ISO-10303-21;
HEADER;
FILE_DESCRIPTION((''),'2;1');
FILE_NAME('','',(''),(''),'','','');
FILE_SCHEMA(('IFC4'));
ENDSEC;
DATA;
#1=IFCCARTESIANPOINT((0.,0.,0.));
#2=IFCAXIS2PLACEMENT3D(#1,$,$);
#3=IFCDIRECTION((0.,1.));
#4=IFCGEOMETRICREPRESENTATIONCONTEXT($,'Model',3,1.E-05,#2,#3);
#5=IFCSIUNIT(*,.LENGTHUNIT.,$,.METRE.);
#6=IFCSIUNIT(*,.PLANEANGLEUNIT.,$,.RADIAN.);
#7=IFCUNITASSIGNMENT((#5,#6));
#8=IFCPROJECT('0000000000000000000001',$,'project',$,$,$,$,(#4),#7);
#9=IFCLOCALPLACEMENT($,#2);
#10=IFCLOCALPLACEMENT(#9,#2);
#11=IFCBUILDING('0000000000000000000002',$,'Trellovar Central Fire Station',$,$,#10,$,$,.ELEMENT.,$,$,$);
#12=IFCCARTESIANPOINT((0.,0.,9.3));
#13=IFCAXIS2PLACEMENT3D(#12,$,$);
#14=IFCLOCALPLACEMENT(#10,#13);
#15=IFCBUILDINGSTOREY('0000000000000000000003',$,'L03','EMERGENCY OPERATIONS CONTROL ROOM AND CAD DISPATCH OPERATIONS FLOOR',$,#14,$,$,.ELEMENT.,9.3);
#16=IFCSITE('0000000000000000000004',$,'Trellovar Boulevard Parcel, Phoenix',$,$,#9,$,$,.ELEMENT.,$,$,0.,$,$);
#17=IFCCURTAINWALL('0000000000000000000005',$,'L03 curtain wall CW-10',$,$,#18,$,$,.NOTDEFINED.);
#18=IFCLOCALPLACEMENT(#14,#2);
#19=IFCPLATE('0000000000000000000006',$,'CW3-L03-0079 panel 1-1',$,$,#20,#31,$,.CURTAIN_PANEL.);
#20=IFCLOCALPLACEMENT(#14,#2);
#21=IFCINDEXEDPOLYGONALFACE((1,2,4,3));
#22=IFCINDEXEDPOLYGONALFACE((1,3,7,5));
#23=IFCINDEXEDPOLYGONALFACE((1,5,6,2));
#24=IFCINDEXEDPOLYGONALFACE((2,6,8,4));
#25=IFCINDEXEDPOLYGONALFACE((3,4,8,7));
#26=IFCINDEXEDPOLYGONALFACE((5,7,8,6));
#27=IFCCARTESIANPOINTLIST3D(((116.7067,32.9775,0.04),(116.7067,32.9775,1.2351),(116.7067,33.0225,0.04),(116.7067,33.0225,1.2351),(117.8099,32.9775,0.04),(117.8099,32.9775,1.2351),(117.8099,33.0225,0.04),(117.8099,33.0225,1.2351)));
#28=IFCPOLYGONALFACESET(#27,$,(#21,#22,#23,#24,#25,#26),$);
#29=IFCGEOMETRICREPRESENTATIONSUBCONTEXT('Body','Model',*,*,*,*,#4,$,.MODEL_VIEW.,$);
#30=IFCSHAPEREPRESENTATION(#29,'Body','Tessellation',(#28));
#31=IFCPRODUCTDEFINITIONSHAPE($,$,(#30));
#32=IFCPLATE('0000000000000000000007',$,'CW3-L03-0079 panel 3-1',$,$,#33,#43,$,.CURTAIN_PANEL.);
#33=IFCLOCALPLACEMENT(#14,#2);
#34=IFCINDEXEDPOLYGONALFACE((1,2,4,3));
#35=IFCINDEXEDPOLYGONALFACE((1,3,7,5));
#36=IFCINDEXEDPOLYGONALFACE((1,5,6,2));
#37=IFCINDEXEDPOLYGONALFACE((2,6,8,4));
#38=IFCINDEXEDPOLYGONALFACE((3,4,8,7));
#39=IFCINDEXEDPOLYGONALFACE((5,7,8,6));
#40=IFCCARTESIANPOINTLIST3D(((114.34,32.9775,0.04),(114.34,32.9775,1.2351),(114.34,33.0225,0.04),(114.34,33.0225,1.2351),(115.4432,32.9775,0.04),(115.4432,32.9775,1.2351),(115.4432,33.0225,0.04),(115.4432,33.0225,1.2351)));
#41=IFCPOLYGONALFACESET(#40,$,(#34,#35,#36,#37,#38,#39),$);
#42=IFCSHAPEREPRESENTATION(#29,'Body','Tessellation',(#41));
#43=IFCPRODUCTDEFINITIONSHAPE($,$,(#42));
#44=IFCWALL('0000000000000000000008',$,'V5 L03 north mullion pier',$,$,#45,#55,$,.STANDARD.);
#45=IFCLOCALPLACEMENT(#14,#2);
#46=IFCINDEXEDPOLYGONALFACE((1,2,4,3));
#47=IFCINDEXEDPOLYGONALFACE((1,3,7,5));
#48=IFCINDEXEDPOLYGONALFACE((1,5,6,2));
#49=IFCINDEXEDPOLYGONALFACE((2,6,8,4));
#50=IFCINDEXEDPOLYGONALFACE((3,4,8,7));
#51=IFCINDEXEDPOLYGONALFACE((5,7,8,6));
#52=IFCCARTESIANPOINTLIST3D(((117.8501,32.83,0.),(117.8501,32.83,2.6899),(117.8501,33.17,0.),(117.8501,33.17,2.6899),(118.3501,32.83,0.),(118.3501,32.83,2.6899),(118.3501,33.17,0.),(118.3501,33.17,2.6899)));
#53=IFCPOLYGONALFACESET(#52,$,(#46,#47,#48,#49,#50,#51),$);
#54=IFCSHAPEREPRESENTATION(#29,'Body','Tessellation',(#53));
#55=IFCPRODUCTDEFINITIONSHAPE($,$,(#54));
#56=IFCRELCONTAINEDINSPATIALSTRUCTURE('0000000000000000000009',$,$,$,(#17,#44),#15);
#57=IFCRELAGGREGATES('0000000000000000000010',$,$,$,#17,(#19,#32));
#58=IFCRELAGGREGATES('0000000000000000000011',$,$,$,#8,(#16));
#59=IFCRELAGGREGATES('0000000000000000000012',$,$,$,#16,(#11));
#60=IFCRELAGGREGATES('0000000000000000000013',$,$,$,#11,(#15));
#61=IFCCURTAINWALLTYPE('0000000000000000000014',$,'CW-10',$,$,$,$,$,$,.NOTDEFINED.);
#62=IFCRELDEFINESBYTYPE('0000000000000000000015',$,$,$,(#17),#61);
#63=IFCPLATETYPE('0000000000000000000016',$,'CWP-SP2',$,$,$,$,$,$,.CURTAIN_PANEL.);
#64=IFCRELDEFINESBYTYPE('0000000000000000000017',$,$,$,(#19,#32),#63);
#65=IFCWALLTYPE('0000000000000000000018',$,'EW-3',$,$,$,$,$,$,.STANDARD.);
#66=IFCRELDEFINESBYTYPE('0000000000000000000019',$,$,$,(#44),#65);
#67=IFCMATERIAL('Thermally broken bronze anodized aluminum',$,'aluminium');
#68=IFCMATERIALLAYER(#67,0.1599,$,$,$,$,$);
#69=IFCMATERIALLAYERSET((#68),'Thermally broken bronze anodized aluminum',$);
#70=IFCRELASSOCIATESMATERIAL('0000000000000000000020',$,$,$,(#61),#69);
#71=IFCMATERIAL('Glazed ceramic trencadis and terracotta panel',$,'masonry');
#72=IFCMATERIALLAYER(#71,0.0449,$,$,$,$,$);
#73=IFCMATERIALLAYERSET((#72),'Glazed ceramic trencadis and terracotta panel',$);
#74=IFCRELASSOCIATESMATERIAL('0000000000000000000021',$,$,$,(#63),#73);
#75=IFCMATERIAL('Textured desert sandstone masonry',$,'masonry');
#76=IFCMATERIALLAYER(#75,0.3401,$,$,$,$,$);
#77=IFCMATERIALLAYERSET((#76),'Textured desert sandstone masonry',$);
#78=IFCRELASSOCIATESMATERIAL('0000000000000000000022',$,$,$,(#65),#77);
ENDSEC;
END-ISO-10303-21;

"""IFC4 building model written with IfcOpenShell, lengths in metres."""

from ifc_helpers import new_model, si_unit, direction, frame, frame_2d, origin, origin_2d, place, context, subcontext, project, spatial, rectangle, extrude, material, layer, layer_set, type_object, element, aggregate, save


model = new_model("IFC4")

# Units and contexts
model_context = context("Model", 3, precision=1e-05, world=origin(), true_north=direction((0.0, 1.0)))
body_context = subcontext(model_context, "Body", "Model", "MODEL_VIEW")
ifc_project = project(units=[si_unit("LENGTHUNIT", "METRE"), si_unit("PLANEANGLEUNIT", "RADIAN")], contexts=[model_context])

# Site, building, storey
site_placement = place(None, origin())
site = spatial("IfcSite", under=ifc_project, at=site_placement, Name="Trellovar Boulevard Parcel, Phoenix", CompositionType="ELEMENT", RefElevation=0.0)
building_placement = place(site_placement, origin())
building = spatial("IfcBuilding", under=site, at=building_placement, Name="Trellovar Central Fire Station", CompositionType="ELEMENT")
storey_placement = place(building_placement, frame((0.0, 0.0, 9.3)))
storey = spatial("IfcBuildingStorey", under=building, at=storey_placement, Name="L03", Description="EMERGENCY OPERATIONS CONTROL ROOM AND CAD DISPATCH OPERATIONS FLOOR", CompositionType="ELEMENT", Elevation=9.3)

# Curtain wall
ifc_material_1 = material(Name="Thermally broken bronze anodized aluminum", Category="aluminium")
ifc_layer_1 = layer(ifc_material_1, 0.1599)
ifc_layer_set_1 = layer_set([ifc_layer_1], Name="Thermally broken bronze anodized aluminum")
curtain_wall_type_1 = type_object("IfcCurtainWallType", Name="CW-10", PredefinedType="NOTDEFINED", material=ifc_layer_set_1)
curtain_wall_1_placement = place(storey_placement, origin())
curtain_wall_1 = element("IfcCurtainWall", 1, at=curtain_wall_1_placement, inside=storey, type_object=curtain_wall_type_1, Name="L03 curtain wall CW-10", PredefinedType="NOTDEFINED")

# Plates
ifc_material_2 = material(Name="Glazed ceramic trencadis and terracotta panel", Category="masonry")
ifc_layer_2 = layer(ifc_material_2, 0.0449)
ifc_layer_set_2 = layer_set([ifc_layer_2], Name="Glazed ceramic trencadis and terracotta panel")
plate_type_1 = type_object("IfcPlateType", Name="CWP-SP2", PredefinedType="CURTAIN_PANEL", material=ifc_layer_set_2)
plate_1_placement = place(storey_placement, frame((117.2583, 33.0, 0.04), z_axis=(0.0, 0.0, 1.0), x_axis=(-1.0, 0.0, 0.0)))
plate_1 = element("IfcPlate", 2, at=plate_1_placement, type_object=plate_type_1, Name="CW3-L03-0079 panel 1-1", PredefinedType="CURTAIN_PANEL", context=body_context, shape_type="SweptSolid", body=[
    extrude(rectangle(XDim=1.1033, YDim=0.0449, at=origin_2d()), origin(), (0.0, 0.0, 1.0), 1.1951),
])
plate_2_placement = place(storey_placement, frame((114.8916, 33.0, 0.04), z_axis=(0.0, 0.0, 1.0), x_axis=(-1.0, 0.0, 0.0)))
plate_2 = element("IfcPlate", 3, at=plate_2_placement, type_object=plate_type_1, Name="CW3-L03-0079 panel 3-1", PredefinedType="CURTAIN_PANEL", context=body_context, shape_type="SweptSolid", body=[
    extrude(rectangle(XDim=1.1033, YDim=0.0449, at=origin_2d()), origin(), (0.0, 0.0, 1.0), 1.1951),
])
aggregate(curtain_wall_1, [plate_1, plate_2])

# Wall
ifc_material_3 = material(Name="Textured desert sandstone masonry", Category="masonry")
ifc_layer_3 = layer(ifc_material_3, 0.3401)
ifc_layer_set_3 = layer_set([ifc_layer_3], Name="Textured desert sandstone masonry")
wall_type = type_object("IfcWallType", Name="EW-3", PredefinedType="STANDARD", material=ifc_layer_set_3)
wall_placement = place(storey_placement, frame((118.3501, 33.0, 0.0), z_axis=(0.0, 0.0, 1.0), x_axis=(-1.0, 0.0, 0.0)))
element("IfcWall", 4, at=wall_placement, inside=storey, type_object=wall_type, Name="V5 L03 north mullion pier", PredefinedType="STANDARD", context=body_context, shape_type="SweptSolid", body=[
    extrude(rectangle(XDim=0.5, YDim=0.3401, at=frame_2d((0.25, 0.0))), origin(), (0.0, 0.0, 1.0), 2.6899),
])

save(model, "model.ifc")
